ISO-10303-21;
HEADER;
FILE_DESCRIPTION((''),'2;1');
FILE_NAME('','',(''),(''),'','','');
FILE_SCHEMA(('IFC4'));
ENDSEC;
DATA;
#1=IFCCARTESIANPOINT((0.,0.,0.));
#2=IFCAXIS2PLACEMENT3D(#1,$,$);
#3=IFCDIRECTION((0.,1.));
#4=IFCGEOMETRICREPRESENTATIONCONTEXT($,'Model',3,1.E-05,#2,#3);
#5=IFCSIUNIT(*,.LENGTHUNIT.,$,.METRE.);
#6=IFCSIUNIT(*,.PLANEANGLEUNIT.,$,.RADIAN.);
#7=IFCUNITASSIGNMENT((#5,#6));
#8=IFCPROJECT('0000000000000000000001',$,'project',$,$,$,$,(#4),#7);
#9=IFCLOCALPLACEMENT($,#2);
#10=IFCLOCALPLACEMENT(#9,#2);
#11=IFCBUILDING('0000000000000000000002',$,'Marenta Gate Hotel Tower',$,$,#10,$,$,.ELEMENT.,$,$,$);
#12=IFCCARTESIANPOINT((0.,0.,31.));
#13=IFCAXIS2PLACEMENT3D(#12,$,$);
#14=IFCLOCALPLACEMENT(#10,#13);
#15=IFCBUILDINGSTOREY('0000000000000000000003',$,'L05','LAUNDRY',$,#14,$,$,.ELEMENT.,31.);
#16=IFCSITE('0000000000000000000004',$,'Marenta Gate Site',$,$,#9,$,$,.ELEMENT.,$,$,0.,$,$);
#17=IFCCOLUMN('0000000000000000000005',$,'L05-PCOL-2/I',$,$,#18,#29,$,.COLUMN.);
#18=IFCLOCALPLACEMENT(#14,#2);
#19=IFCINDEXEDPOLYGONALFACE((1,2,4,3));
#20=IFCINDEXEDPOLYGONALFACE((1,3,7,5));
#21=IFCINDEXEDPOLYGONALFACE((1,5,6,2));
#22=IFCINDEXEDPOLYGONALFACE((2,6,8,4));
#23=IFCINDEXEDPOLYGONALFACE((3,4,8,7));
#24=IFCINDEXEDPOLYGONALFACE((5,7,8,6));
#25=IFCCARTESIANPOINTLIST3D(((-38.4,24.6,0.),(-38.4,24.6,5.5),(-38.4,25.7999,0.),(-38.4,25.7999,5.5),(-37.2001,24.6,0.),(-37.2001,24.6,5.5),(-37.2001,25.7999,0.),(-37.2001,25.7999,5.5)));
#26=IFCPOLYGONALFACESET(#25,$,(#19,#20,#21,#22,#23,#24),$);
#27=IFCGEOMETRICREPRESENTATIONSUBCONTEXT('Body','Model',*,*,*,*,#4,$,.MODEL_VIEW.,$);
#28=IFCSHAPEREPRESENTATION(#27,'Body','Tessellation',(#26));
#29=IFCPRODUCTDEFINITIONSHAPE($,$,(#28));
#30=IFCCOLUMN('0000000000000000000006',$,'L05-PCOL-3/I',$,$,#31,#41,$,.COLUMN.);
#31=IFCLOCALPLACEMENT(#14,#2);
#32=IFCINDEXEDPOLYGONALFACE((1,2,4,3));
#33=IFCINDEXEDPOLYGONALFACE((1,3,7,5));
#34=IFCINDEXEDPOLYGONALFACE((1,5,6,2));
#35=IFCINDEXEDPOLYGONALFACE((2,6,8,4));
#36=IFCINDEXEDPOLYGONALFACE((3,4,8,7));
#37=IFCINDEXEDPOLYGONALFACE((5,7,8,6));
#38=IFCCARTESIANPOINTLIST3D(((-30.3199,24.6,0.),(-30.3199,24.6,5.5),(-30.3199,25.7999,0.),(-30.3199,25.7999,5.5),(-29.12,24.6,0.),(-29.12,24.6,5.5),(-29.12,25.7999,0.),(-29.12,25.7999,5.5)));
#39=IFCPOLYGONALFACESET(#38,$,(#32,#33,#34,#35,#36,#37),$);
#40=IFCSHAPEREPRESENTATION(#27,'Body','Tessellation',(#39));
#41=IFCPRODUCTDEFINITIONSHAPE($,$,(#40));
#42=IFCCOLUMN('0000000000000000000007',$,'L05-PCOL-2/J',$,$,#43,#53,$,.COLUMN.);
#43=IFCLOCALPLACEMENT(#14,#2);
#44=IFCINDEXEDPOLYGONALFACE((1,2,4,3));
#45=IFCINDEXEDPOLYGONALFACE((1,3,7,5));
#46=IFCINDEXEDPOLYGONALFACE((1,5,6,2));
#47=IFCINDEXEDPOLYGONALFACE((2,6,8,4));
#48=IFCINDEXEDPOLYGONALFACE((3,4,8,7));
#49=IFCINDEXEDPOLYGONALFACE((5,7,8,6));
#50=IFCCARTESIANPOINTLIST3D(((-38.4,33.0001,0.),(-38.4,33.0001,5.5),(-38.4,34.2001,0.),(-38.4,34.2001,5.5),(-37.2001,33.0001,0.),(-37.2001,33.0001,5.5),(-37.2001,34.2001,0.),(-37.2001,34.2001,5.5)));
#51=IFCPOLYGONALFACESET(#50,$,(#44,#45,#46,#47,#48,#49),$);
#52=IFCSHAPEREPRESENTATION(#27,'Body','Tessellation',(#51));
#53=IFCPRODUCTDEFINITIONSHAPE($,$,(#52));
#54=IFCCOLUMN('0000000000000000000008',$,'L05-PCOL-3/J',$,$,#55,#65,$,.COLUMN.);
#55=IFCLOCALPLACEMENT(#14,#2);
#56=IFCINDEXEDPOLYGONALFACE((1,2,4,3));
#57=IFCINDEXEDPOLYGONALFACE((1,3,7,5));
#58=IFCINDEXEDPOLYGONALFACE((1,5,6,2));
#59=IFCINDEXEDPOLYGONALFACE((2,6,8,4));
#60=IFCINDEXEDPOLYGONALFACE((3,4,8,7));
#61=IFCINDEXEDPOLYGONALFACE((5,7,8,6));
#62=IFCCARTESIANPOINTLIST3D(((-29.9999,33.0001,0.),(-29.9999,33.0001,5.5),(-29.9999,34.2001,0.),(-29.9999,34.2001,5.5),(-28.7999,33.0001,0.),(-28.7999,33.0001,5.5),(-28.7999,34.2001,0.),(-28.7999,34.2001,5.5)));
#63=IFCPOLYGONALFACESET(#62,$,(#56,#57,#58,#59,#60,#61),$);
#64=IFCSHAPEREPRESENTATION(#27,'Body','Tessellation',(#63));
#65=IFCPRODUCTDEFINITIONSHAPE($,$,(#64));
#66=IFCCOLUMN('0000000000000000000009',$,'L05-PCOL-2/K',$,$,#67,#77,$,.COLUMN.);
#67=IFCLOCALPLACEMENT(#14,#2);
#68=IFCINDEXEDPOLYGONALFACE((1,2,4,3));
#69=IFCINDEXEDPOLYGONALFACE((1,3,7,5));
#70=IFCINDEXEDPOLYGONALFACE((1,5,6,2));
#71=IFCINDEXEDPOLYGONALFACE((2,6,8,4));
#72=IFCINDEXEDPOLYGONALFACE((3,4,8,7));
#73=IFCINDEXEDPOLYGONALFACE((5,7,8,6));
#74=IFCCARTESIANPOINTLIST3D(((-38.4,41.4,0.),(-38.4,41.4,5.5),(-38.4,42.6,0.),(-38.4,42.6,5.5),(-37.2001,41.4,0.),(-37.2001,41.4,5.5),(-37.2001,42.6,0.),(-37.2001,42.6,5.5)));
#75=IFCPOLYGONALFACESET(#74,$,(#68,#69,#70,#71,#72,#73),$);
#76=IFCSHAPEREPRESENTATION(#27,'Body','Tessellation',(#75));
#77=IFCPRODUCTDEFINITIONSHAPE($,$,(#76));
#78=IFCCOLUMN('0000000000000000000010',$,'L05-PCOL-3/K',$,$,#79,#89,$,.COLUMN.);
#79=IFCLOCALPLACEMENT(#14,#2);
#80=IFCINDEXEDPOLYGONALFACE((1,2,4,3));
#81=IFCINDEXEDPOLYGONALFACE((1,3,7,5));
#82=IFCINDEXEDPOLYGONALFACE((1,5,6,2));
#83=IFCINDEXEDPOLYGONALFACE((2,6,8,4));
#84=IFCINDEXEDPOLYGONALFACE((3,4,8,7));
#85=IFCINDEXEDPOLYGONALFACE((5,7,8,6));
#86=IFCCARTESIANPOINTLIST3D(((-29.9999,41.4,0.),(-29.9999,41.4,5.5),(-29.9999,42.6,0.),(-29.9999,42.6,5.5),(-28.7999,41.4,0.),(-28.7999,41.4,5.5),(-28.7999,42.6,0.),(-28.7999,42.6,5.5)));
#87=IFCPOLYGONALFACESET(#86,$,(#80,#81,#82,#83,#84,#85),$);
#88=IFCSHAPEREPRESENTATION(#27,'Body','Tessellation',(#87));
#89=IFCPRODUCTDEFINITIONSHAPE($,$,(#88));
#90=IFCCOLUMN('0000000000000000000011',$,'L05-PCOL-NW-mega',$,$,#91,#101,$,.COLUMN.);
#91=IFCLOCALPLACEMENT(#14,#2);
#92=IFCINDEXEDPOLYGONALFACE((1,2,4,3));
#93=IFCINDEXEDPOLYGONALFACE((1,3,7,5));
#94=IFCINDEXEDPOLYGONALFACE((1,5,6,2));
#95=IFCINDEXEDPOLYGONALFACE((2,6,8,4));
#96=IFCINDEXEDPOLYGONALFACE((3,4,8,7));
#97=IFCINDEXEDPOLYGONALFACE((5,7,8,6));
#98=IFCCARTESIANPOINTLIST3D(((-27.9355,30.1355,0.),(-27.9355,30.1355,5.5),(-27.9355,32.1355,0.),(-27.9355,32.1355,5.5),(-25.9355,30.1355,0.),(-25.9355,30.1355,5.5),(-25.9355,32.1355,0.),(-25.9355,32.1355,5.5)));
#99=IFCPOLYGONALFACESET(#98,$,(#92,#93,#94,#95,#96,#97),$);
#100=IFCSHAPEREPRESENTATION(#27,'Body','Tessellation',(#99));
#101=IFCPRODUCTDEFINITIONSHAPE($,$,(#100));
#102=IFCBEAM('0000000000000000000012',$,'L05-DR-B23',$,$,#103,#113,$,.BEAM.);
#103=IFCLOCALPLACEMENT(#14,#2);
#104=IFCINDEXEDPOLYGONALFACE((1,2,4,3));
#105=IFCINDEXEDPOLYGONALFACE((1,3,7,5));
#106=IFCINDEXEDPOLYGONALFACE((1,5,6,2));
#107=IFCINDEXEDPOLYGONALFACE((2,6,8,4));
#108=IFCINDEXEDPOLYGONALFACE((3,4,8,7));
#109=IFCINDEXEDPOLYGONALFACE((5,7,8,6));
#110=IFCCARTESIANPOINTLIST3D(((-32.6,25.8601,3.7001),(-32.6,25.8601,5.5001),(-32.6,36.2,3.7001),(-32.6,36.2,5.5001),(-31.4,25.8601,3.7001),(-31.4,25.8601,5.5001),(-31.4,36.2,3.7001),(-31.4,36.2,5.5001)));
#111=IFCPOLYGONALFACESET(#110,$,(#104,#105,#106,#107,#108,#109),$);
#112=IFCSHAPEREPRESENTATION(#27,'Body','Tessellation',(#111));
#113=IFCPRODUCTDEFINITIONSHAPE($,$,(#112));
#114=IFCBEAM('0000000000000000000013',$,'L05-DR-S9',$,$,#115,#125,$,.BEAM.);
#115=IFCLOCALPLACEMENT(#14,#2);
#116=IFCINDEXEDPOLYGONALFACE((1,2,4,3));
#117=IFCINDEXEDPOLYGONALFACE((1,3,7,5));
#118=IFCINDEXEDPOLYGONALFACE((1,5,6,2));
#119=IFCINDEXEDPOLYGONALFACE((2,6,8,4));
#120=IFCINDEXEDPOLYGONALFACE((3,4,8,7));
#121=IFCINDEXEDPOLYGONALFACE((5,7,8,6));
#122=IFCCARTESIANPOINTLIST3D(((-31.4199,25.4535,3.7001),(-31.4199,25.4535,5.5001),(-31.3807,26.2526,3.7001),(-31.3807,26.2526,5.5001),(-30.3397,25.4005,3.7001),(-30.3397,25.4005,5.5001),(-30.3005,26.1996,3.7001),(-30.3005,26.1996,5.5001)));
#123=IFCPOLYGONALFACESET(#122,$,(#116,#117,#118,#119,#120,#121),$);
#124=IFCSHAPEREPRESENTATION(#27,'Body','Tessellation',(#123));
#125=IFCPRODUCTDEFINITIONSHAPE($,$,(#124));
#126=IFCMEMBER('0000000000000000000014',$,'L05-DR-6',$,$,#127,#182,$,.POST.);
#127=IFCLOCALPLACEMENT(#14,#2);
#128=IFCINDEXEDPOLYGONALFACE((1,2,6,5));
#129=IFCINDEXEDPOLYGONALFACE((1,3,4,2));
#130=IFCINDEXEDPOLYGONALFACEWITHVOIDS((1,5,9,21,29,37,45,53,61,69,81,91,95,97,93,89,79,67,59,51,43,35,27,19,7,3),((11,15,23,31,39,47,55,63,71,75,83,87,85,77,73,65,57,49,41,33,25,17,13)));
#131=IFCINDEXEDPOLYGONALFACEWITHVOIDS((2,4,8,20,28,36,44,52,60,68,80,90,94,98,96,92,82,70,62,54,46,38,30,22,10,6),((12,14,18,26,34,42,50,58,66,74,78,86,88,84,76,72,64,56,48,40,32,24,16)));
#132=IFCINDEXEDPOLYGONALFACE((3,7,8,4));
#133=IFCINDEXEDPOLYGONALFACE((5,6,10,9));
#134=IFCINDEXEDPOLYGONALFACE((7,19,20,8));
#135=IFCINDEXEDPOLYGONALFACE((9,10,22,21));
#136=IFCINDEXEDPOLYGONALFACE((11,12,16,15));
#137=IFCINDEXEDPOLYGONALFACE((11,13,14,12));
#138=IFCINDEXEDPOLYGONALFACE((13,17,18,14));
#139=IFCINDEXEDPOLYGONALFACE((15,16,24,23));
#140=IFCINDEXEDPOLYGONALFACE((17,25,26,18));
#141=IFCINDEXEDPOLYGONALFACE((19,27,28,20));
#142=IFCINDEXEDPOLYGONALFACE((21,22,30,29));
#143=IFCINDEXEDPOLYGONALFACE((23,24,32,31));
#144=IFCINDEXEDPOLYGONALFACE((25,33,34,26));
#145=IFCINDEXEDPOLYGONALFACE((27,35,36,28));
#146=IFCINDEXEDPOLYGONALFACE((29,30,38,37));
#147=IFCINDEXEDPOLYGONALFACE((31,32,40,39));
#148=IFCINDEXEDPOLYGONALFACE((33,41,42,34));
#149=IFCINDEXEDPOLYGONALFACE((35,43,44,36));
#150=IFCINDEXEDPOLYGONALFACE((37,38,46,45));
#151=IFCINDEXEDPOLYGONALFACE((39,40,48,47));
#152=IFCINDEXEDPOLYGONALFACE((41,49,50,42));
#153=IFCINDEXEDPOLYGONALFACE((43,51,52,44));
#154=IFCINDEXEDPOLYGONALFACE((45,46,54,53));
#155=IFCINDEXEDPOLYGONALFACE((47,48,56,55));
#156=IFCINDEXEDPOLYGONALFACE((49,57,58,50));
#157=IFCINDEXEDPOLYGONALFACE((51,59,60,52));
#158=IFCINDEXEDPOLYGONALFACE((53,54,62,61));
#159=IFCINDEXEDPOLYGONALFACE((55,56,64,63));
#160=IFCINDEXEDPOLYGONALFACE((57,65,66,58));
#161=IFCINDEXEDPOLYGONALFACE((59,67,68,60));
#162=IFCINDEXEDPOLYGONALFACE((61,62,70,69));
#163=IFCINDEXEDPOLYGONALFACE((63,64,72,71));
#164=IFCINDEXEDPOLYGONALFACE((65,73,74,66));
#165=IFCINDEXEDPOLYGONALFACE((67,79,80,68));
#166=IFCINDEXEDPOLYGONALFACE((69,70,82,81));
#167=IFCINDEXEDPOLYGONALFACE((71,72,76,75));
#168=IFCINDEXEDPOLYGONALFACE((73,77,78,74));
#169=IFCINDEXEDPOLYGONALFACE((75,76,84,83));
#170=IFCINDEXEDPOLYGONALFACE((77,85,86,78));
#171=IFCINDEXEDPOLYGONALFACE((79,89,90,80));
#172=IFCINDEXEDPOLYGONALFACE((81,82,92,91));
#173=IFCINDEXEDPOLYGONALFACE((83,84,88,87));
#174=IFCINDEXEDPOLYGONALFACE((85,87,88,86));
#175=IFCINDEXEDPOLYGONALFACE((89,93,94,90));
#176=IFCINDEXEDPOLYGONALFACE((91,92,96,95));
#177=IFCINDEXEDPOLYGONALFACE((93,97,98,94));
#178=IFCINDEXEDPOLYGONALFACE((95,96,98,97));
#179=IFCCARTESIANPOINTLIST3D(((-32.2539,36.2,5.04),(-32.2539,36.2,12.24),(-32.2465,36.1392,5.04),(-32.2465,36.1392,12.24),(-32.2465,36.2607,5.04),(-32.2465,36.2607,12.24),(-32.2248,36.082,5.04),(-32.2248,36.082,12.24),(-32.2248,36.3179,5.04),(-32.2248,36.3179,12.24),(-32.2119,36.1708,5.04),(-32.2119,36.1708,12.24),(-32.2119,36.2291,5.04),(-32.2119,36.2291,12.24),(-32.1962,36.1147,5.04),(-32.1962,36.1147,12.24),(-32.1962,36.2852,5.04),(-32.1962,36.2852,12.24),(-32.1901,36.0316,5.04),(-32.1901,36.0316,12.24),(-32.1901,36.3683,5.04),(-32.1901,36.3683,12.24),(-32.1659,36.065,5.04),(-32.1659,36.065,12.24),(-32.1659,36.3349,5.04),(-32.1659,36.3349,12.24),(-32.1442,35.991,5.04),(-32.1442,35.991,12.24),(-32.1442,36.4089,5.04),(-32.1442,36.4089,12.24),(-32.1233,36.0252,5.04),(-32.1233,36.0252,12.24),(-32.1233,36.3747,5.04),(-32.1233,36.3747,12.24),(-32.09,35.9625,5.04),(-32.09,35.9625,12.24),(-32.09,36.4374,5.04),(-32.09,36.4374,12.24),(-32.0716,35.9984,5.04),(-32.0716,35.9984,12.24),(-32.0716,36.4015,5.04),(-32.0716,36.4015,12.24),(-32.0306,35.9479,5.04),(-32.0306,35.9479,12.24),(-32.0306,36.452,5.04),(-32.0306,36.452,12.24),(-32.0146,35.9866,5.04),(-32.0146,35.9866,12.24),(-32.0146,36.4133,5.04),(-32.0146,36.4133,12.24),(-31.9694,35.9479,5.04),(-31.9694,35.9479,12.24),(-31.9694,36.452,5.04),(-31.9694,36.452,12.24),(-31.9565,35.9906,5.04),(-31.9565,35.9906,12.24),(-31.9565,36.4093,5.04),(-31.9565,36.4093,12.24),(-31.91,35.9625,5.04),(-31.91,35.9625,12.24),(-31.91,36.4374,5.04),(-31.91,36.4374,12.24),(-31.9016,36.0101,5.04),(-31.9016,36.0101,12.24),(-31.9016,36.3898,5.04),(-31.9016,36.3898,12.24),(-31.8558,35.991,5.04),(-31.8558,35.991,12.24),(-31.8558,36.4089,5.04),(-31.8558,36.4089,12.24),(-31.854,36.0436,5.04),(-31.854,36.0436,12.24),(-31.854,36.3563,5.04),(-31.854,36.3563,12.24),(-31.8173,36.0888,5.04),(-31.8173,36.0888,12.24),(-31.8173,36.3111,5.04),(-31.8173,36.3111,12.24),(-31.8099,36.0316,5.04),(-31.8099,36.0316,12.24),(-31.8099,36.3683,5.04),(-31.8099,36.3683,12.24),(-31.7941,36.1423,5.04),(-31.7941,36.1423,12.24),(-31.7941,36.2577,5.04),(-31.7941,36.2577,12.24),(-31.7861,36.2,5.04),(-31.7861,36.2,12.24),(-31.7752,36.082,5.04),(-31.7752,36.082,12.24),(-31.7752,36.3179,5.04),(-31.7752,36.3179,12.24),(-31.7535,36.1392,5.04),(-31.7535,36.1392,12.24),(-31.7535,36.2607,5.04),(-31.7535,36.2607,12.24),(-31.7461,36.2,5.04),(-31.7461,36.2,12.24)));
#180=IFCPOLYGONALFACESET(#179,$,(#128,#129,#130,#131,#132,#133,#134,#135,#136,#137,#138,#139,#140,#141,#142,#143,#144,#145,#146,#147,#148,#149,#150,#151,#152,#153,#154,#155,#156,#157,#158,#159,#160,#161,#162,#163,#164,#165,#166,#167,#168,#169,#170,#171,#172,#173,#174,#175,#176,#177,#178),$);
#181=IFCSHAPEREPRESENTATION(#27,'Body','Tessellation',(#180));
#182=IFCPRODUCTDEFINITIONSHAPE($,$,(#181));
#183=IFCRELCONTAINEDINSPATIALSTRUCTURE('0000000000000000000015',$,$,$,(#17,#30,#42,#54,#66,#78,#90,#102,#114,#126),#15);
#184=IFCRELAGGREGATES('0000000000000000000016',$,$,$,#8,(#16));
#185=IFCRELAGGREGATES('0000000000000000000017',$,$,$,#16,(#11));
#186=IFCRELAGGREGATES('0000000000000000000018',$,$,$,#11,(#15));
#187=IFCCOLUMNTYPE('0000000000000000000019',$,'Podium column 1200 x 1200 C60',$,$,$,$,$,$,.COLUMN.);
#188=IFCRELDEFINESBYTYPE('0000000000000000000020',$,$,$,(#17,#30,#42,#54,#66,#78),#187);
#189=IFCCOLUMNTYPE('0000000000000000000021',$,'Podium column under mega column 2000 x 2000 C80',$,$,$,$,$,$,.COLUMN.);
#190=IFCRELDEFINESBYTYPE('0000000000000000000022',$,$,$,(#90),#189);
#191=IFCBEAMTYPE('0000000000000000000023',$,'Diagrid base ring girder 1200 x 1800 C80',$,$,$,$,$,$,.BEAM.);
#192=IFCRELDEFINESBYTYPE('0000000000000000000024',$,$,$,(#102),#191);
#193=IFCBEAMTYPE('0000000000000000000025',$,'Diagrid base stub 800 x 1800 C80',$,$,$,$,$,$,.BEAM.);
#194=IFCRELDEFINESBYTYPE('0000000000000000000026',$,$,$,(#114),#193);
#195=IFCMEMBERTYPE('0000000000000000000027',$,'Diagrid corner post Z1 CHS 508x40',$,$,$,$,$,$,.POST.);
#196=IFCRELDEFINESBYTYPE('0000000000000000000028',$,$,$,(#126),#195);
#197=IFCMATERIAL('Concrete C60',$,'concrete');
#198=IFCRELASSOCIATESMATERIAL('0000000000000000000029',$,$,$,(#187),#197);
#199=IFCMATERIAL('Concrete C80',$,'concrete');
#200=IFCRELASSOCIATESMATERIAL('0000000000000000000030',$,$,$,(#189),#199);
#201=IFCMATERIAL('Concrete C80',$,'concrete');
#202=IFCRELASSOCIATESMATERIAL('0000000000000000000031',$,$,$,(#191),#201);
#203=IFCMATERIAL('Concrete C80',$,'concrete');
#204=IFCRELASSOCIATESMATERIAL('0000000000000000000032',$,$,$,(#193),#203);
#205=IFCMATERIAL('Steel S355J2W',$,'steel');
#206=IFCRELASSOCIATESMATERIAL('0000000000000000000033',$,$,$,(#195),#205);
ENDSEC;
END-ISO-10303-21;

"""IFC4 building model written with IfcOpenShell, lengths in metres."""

from ifc_helpers import new_model, si_unit, direction, frame, origin, origin_2d, place, context, subcontext, project, spatial, rectangle, hollow_circle, extrude, material, material_profile, profile_set, type_object, element, save


model = new_model("IFC4")

# Units and contexts
model_context = context("Model", 3, precision=1e-05, world=origin(), true_north=direction((0.0, 1.0)))
body_context = subcontext(model_context, "Body", "Model", "MODEL_VIEW")
ifc_project = project(units=[si_unit("LENGTHUNIT", "METRE"), si_unit("PLANEANGLEUNIT", "RADIAN")], contexts=[model_context])

# Site, building, storey
site_placement = place(None, origin())
site = spatial("IfcSite", under=ifc_project, at=site_placement, Name="Marenta Gate Site", CompositionType="ELEMENT", RefElevation=0.0)
building_placement = place(site_placement, origin())
building = spatial("IfcBuilding", under=site, at=building_placement, Name="Marenta Gate Hotel Tower", CompositionType="ELEMENT")
storey_placement = place(building_placement, frame((0.0, 0.0, 31.0)))
storey = spatial("IfcBuildingStorey", under=building, at=storey_placement, Name="L05", Description="LAUNDRY", CompositionType="ELEMENT", Elevation=31.0)

# Columns
ifc_material_1 = material(Name="Concrete C60", Category="concrete")
ifc_material_profile_1 = material_profile(ifc_material_1, rectangle(XDim=1.2, YDim=1.2, at=origin_2d()), Name="1200 x 1200")
ifc_profile_set_1 = profile_set([ifc_material_profile_1], Name="Concrete C60")
column_type_1 = type_object("IfcColumnType", Name="Podium column 1200 x 1200 C60", PredefinedType="COLUMN", material=ifc_profile_set_1)
for number, where, z_axis, x_axis, name in (
    (1, (-37.8, 25.2, 0.0), (0.0, 0.0, 1.0), (1.0, 0.0, 0.0), "L05-PCOL-2/I"),
    (2, (-29.72, 25.2, 0.0), (0.0, 0.0, 1.0), (1.0, 0.0, 0.0), "L05-PCOL-3/I"),
    (3, (-37.8, 33.6001, 0.0), (0.0, 0.0, 1.0), (1.0, 0.0, 0.0), "L05-PCOL-2/J"),
    (4, (-29.3999, 33.6001, 0.0), (0.0, 0.0, 1.0), (1.0, 0.0, 0.0), "L05-PCOL-3/J"),
    (5, (-37.8, 42.0, 0.0), (0.0, 0.0, 1.0), (1.0, 0.0, 0.0), "L05-PCOL-2/K"),
    (6, (-29.3999, 42.0, 0.0), (0.0, 0.0, 1.0), (1.0, 0.0, 0.0), "L05-PCOL-3/K"),
):
    element("IfcColumn", number, at=place(storey_placement, frame(where, z_axis=z_axis, x_axis=x_axis)), inside=storey, type_object=column_type_1, Name=name, PredefinedType="COLUMN", context=body_context, shape_type="SweptSolid", body=[
        extrude(rectangle(XDim=1.2, YDim=1.2, at=origin_2d()), origin(), (0.0, 0.0, 1.0), 5.5),
    ])
ifc_material_2 = material(Name="Concrete C80", Category="concrete")
ifc_material_profile_2 = material_profile(ifc_material_2, rectangle(XDim=2.0, YDim=2.0, at=origin_2d()), Name="2000 x 2000")
ifc_profile_set_2 = profile_set([ifc_material_profile_2], Name="Concrete C80")
column_type_2 = type_object("IfcColumnType", Name="Podium column under mega column 2000 x 2000 C80", PredefinedType="COLUMN", material=ifc_profile_set_2)
column_placement = place(storey_placement, frame((-26.9355, 31.1355, 0.0), z_axis=(0.0, 0.0, 1.0), x_axis=(1.0, 0.0, 0.0)))
element("IfcColumn", 7, at=column_placement, inside=storey, type_object=column_type_2, Name="L05-PCOL-NW-mega", PredefinedType="COLUMN", context=body_context, shape_type="SweptSolid", body=[
    extrude(rectangle(XDim=2.0, YDim=2.0, at=origin_2d()), origin(), (0.0, 0.0, 1.0), 5.5),
])

# Beams
ifc_material_3 = material(Name="Concrete C80", Category="concrete")
ifc_material_profile_3 = material_profile(ifc_material_3, rectangle(XDim=1.2, YDim=1.8, at=origin_2d()), Name="1200 x 1800")
ifc_profile_set_3 = profile_set([ifc_material_profile_3], Name="Concrete C80")
beam_type_1 = type_object("IfcBeamType", Name="Diagrid base ring girder 1200 x 1800 C80", PredefinedType="BEAM", material=ifc_profile_set_3)
beam_1_placement = place(storey_placement, frame((-32.0, 25.8601, 4.6001), z_axis=(0.0, 1.0, 0.0), x_axis=(-1.0, 0.0, 0.0)))
element("IfcBeam", 8, at=beam_1_placement, inside=storey, type_object=beam_type_1, Name="L05-DR-B23", PredefinedType="BEAM", context=body_context, shape_type="SweptSolid", body=[
    extrude(rectangle(XDim=1.2, YDim=1.8, at=origin_2d()), origin(), (0.0, 0.0, 1.0), 10.3398),
])
ifc_material_4 = material(Name="Concrete C80", Category="concrete")
ifc_material_profile_4 = material_profile(ifc_material_4, rectangle(XDim=0.8, YDim=1.8, at=origin_2d()), Name="800 x 1800")
ifc_profile_set_4 = profile_set([ifc_material_profile_4], Name="Concrete C80")
beam_type_2 = type_object("IfcBeamType", Name="Diagrid base stub 800 x 1800 C80", PredefinedType="BEAM", material=ifc_profile_set_4)
beam_2_placement = place(storey_placement, frame((-30.3201, 25.8, 4.6001), z_axis=(-0.9988, 0.048981, 0.0), x_axis=(-0.048981, -0.9988, 0.0)))
element("IfcBeam", 9, at=beam_2_placement, inside=storey, type_object=beam_type_2, Name="L05-DR-S9", PredefinedType="BEAM", context=body_context, shape_type="SweptSolid", body=[
    extrude(rectangle(XDim=0.8, YDim=1.8, at=origin_2d()), origin(), (0.0, 0.0, 1.0), 1.0815),
])

# Member
ifc_material_5 = material(Name="Steel S355J2W", Category="steel")
ifc_material_profile_5 = material_profile(ifc_material_5, hollow_circle(Radius=0.2539, WallThickness=0.04, at=origin_2d()), Name="CHS 508x40")
ifc_profile_set_5 = profile_set([ifc_material_profile_5], Name="Steel S355J2W")
member_type_1 = type_object("IfcMemberType", Name="Diagrid corner post Z1 CHS 508x40", PredefinedType="POST", material=ifc_profile_set_5)
member_1_placement = place(storey_placement, frame((-32.0, 36.2, 5.04), z_axis=(0.0, 0.0, 1.0), x_axis=(1.0, 0.0, 0.0)))
element("IfcMember", 10, at=member_1_placement, inside=storey, type_object=member_type_1, Name="L05-DR-6", PredefinedType="POST", context=body_context, shape_type="SweptSolid", body=[
    extrude(hollow_circle(Radius=0.2539, WallThickness=0.04, at=origin_2d()), origin(), (0.0, 0.0, 1.0), 7.2),
])

save(model, "model.ifc")
